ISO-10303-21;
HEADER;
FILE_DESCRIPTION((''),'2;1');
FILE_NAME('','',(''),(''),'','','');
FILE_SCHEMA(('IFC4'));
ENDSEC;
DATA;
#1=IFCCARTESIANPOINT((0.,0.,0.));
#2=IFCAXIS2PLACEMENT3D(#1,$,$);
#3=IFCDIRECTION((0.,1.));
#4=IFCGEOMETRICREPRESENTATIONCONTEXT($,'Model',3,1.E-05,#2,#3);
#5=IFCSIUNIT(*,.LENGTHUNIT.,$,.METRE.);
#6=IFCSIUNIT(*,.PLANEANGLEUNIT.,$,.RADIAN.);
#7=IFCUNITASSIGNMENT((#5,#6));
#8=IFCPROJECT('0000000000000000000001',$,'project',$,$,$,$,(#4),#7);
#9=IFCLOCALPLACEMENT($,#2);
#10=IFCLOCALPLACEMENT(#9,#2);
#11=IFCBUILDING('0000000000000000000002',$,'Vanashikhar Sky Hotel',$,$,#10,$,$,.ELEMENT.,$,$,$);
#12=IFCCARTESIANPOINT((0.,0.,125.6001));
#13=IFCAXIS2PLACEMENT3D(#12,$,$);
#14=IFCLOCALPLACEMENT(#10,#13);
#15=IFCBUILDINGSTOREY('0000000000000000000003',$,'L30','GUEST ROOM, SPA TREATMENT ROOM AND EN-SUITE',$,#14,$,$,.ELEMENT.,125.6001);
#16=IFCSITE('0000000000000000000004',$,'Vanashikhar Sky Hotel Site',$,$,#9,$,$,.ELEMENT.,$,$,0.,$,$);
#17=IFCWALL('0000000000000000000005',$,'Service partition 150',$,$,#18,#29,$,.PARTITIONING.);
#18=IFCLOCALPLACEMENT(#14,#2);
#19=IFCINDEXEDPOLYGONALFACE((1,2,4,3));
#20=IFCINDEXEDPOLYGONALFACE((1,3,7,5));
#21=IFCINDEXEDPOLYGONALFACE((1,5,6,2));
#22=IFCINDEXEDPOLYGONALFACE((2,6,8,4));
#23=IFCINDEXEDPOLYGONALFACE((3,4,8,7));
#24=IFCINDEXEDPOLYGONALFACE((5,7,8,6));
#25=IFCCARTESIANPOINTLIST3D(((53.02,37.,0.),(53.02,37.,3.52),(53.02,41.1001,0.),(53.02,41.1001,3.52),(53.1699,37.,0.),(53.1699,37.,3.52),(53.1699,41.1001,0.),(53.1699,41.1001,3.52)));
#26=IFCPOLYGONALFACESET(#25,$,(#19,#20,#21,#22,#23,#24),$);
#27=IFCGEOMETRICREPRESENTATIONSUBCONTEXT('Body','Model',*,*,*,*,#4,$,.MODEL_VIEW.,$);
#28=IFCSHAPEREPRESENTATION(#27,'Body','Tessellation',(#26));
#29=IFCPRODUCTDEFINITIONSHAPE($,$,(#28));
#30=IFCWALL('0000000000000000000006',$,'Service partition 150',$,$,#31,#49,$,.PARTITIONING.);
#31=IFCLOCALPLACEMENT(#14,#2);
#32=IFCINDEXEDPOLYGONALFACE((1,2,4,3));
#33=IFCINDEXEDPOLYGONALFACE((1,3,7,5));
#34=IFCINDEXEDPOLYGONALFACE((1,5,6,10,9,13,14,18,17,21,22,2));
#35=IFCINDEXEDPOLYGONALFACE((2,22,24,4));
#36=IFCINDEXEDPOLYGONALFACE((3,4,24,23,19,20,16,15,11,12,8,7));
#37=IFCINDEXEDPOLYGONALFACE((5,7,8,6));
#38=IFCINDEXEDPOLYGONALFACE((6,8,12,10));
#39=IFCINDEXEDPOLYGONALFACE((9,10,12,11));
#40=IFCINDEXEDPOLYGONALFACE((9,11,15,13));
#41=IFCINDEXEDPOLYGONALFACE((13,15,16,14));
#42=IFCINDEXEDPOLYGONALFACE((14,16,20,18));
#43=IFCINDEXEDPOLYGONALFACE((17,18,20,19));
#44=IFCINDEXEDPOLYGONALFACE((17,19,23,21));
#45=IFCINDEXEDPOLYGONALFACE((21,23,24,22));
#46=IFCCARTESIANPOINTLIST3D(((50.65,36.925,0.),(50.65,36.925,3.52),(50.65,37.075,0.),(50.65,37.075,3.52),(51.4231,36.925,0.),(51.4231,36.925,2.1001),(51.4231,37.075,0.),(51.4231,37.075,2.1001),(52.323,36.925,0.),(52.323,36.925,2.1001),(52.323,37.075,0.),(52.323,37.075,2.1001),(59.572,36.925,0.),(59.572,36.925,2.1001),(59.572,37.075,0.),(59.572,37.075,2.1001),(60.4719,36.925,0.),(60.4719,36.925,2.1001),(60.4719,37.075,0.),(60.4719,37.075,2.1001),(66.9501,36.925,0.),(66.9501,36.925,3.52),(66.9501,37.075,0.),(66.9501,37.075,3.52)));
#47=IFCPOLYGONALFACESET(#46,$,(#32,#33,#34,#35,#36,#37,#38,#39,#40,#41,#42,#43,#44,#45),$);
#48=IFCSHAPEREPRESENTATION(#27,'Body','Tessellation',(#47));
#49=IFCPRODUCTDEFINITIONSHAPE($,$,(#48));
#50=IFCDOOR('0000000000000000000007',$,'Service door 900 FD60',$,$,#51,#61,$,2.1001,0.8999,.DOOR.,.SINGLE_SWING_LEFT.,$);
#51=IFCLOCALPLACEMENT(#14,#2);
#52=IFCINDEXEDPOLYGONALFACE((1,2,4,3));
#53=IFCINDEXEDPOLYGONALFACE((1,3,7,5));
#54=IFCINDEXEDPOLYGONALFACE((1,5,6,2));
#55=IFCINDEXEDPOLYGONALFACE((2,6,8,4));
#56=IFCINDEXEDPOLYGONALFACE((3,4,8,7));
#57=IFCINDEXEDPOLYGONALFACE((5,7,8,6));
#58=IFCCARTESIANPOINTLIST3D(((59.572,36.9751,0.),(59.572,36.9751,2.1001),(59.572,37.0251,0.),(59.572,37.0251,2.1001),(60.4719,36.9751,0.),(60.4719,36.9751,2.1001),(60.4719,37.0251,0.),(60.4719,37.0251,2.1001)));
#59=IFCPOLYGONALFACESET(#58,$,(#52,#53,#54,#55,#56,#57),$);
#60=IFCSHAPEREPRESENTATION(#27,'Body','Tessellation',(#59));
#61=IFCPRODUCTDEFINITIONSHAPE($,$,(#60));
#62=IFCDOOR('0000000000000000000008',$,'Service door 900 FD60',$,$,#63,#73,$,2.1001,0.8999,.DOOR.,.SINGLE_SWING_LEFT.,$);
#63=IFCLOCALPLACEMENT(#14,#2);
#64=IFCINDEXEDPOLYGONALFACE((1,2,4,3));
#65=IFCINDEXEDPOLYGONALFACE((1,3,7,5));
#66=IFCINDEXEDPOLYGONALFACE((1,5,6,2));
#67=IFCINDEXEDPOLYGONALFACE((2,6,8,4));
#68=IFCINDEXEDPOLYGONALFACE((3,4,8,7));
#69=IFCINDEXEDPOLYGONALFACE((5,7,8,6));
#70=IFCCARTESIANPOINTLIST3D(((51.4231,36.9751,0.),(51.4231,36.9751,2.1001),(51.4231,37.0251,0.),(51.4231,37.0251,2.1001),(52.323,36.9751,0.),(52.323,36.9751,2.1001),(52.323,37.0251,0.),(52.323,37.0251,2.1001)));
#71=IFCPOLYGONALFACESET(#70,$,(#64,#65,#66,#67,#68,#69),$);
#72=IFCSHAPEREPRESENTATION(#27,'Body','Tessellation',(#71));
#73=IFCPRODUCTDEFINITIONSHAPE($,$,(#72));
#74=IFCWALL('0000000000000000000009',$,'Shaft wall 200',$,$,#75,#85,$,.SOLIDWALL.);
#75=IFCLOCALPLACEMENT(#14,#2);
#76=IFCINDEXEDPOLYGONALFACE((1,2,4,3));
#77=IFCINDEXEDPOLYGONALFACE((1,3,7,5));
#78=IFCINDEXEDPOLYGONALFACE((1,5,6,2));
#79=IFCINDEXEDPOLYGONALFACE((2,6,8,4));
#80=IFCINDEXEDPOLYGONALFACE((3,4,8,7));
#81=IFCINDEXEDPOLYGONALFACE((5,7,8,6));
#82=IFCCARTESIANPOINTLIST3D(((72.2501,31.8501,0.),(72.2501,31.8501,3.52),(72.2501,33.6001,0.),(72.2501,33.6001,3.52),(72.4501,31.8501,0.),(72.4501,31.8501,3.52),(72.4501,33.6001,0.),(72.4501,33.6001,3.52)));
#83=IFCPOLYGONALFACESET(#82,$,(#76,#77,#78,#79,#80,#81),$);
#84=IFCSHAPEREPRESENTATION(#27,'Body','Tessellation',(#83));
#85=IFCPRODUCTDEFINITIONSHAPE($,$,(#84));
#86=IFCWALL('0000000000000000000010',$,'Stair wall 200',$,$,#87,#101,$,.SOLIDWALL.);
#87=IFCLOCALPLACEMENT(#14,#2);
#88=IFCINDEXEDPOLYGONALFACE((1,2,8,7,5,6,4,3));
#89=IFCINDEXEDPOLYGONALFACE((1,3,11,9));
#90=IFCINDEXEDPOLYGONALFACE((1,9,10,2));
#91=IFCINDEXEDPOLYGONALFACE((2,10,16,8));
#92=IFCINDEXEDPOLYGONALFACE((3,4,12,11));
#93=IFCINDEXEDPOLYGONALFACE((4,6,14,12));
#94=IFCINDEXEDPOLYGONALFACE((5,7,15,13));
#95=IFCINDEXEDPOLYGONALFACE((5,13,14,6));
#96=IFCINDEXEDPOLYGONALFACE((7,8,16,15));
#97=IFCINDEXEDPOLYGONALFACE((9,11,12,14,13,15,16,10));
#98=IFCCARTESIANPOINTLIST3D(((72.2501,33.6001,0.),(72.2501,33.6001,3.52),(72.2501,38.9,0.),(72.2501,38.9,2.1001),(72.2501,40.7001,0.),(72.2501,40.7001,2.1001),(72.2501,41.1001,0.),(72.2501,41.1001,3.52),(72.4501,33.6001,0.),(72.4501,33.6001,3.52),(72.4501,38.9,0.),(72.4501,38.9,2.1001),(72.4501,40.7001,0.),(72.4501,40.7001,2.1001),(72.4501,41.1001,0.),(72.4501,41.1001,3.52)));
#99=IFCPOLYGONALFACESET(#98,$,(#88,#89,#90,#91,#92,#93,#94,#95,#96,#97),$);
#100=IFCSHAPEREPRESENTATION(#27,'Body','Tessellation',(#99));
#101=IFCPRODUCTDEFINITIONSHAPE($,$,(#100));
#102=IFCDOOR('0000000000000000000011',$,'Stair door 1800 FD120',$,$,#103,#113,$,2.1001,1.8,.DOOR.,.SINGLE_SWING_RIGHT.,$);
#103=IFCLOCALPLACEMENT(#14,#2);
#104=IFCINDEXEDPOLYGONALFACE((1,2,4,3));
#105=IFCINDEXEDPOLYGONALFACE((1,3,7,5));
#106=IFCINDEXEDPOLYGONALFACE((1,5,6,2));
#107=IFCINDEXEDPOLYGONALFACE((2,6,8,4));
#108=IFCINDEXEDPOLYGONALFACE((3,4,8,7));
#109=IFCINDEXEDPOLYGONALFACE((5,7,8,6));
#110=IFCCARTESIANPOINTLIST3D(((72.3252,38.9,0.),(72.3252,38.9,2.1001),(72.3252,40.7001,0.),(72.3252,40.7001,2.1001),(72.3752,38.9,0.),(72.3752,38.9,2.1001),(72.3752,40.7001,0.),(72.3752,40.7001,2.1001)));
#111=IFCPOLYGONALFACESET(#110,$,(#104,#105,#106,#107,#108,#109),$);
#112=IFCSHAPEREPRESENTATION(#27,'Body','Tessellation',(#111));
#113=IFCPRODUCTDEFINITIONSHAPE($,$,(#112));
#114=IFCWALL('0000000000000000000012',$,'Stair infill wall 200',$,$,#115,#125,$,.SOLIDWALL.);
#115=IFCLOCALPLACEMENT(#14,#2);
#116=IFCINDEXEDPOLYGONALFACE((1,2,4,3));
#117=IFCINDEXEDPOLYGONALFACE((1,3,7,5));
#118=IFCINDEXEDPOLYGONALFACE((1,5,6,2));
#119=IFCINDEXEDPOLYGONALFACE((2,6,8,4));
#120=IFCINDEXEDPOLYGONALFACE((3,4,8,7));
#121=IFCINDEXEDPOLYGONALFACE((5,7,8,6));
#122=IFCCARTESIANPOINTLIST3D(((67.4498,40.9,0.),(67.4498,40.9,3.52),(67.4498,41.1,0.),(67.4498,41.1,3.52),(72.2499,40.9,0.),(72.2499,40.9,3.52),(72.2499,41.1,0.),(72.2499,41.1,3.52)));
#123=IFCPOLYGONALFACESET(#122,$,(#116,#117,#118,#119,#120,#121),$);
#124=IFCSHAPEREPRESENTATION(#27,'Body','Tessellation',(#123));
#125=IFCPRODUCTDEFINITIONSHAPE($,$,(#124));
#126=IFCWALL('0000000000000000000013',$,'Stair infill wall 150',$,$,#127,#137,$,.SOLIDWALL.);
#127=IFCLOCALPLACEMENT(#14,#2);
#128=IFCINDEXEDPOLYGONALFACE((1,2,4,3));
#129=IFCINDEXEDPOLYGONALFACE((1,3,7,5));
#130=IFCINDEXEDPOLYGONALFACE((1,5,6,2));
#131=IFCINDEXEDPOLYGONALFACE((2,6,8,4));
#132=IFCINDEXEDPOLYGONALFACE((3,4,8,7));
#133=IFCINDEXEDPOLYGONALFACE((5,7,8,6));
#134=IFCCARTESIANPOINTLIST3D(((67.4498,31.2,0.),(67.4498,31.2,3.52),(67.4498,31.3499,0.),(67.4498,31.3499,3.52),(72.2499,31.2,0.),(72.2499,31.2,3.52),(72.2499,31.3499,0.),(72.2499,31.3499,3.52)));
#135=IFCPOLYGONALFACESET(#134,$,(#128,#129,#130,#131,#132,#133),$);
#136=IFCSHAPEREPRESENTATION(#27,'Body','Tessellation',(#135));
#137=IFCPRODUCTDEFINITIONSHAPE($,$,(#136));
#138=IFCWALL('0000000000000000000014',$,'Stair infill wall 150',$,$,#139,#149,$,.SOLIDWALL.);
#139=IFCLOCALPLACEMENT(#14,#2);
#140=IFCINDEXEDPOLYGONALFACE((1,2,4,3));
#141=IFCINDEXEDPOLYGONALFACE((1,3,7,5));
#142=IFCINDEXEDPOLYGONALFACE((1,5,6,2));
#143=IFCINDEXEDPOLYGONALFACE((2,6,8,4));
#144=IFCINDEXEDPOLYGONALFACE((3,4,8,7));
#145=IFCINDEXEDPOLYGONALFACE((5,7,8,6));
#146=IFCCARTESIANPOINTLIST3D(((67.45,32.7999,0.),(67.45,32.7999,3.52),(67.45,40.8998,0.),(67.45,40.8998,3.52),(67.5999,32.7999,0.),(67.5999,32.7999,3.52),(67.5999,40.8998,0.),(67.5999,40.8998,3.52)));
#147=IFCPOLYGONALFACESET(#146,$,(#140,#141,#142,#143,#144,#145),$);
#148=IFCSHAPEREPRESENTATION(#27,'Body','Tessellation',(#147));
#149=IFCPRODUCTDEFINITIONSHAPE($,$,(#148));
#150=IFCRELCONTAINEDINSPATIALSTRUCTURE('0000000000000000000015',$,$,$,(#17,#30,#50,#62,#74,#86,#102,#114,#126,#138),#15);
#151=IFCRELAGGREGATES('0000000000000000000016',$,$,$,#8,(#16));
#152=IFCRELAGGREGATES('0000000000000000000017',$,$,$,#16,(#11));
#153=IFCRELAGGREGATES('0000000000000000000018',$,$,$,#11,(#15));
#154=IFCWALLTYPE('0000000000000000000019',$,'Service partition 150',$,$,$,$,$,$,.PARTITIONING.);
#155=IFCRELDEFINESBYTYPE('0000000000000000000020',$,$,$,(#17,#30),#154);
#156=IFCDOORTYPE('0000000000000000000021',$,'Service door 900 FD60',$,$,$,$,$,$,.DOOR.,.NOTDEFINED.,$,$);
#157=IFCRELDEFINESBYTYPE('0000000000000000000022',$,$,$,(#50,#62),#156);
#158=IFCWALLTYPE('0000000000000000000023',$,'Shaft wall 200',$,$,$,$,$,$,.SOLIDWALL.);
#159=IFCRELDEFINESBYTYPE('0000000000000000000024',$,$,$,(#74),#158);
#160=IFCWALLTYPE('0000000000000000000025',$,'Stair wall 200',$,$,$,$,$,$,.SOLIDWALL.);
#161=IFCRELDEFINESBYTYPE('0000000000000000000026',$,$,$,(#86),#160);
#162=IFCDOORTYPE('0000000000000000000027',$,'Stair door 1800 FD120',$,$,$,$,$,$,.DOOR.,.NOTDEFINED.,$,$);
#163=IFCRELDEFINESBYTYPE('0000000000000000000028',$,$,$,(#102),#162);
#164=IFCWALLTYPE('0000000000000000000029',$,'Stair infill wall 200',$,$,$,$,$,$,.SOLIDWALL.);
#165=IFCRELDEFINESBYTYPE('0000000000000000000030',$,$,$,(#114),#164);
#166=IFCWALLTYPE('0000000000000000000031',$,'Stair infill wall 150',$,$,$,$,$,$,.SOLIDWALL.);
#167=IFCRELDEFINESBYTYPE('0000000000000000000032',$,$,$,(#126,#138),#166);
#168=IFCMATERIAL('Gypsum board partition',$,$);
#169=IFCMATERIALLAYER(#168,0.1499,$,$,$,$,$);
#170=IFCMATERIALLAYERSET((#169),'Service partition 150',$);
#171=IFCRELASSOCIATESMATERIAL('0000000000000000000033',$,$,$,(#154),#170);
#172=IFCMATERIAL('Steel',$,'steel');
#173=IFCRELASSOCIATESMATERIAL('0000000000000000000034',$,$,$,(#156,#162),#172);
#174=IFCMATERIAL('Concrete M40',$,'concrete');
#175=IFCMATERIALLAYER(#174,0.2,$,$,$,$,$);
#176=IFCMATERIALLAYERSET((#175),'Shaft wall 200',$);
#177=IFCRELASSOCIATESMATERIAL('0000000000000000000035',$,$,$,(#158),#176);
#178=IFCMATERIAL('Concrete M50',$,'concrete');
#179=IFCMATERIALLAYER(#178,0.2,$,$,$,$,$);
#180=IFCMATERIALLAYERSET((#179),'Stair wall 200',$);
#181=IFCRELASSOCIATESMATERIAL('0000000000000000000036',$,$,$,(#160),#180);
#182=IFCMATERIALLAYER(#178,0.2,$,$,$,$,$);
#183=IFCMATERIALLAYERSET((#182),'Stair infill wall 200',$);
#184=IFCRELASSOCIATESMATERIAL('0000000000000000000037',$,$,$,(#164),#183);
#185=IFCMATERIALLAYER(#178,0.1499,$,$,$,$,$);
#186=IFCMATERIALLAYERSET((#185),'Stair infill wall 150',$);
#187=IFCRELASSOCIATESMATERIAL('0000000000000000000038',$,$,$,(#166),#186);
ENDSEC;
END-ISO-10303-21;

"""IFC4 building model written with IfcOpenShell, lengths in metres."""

from ifc_helpers import new_model, si_unit, direction, frame, frame_2d, origin, place, context, subcontext, project, spatial, rectangle, extrude, source, transform, mapped, material, layer, layer_set, type_object, element, fill, save


model = new_model("IFC4")

# Units and contexts
model_context = context("Model", 3, precision=1e-05, world=origin(), true_north=direction((0.0, 1.0)))
body_context = subcontext(model_context, "Body", "Model", "MODEL_VIEW")
ifc_project = project(units=[si_unit("LENGTHUNIT", "METRE"), si_unit("PLANEANGLEUNIT", "RADIAN")], contexts=[model_context])

# Site, building, storey
site_placement = place(None, origin())
site = spatial("IfcSite", under=ifc_project, at=site_placement, Name="Vanashikhar Sky Hotel Site", CompositionType="ELEMENT", RefElevation=0.0)
building_placement = place(site_placement, origin())
building = spatial("IfcBuilding", under=site, at=building_placement, Name="Vanashikhar Sky Hotel", CompositionType="ELEMENT")
storey_placement = place(building_placement, frame((0.0, 0.0, 125.6001)))
storey = spatial("IfcBuildingStorey", under=building, at=storey_placement, Name="L30", Description="GUEST ROOM, SPA TREATMENT ROOM AND EN-SUITE", CompositionType="ELEMENT", Elevation=125.6001)

# Shared definitions
ifc_material_1 = material(Name="Steel", Category="steel")

# Shared definitions
ifc_material_2 = material(Name="Gypsum board partition")
ifc_layer_1 = layer(ifc_material_2, 0.1499)
ifc_layer_set_1 = layer_set([ifc_layer_1], Name="Service partition 150")
wall_type_1 = type_object("IfcWallType", Name="Service partition 150", PredefinedType="PARTITIONING", material=ifc_layer_set_1)

# Shared definitions
shared_shape_1 = source(origin(), body_context, "Body", "SweptSolid", [
    extrude(rectangle(XDim=0.8999, YDim=2.1001, at=frame_2d((0.45, 1.05))), frame((0.0, 0.085, 0.0), z_axis=(0.0, -1.0, 0.0), x_axis=(1.0, 0.0, 0.0)), (0.0, 0.0, 1.0), 0.1699),
])
door_type_1 = type_object("IfcDoorType", Name="Service door 900 FD60", OperationType="NOTDEFINED", PredefinedType="DOOR", material=ifc_material_1)
shared_shape_2 = source(origin(), body_context, "Body", "SweptSolid", [
    extrude(rectangle(XDim=0.8999, YDim=2.1001, at=frame_2d((0.45, 1.05))), frame((0.0, 0.0249, 0.0), z_axis=(0.0, -1.0, 0.0), x_axis=(1.0, 0.0, 0.0)), (0.0, 0.0, 1.0), 0.05),
])

# Wall
shared_shape_3 = source(origin(), body_context, "Body", "SweptSolid", [
    extrude(rectangle(XDim=4.1001, YDim=0.1499, at=frame_2d((2.05, 0.0))), origin(), (0.0, 0.0, 1.0), 3.52),
])
for number, where, z_axis, x_axis, name in (
    (1, (53.095, 37.0, 0.0), (0.0, 0.0, 1.0), (0.0, 1.0, 0.0), "Service partition 150"),
):
    element("IfcWall", number, at=place(storey_placement, frame(where, z_axis=z_axis, x_axis=x_axis)), inside=storey, type_object=wall_type_1, Name=name, PredefinedType="PARTITIONING", context=body_context, shape_type="MappedRepresentation", body=[
        mapped(shared_shape_3, transform((0.0, 0.0, 0.0), scale=1.0)),
    ])

# Wall, openings, doors
shared_shape_4 = source(origin(), body_context, "Body", "SweptSolid", [
    extrude(rectangle(XDim=16.3, YDim=0.1499, at=frame_2d((8.1499, 0.0))), origin(), (0.0, 0.0, 1.0), 3.52),
])
wall_1_placement = place(storey_placement, frame((66.95, 37.0, 0.0), z_axis=(0.0, 0.0, 1.0), x_axis=(-1.0, 0.0, 0.0)))
wall_1 = element("IfcWall", 2, at=wall_1_placement, inside=storey, type_object=wall_type_1, Name="Service partition 150", PredefinedType="PARTITIONING", context=body_context, shape_type="MappedRepresentation", body=[
    mapped(shared_shape_4, transform((0.0, 0.0, 0.0), scale=1.0)),
])
opening_1_placement = place(wall_1_placement, frame((6.478, 0.0, 0.0)))
opening_1 = element("IfcOpeningElement", 3, at=opening_1_placement, cuts=wall_1, PredefinedType="OPENING", context=body_context, shape_type="MappedRepresentation", body=[
    mapped(shared_shape_1, transform((0.0, 0.0, 0.0), scale=1.0)),
])
opening_2_placement = place(wall_1_placement, frame((14.627, 0.0, 0.0)))
opening_2 = element("IfcOpeningElement", 4, at=opening_2_placement, cuts=wall_1, PredefinedType="OPENING", context=body_context, shape_type="MappedRepresentation", body=[
    mapped(shared_shape_1, transform((0.0, 0.0, 0.0), scale=1.0)),
])
door_1_placement = place(opening_1_placement, origin())
door_1 = element("IfcDoor", 5, at=door_1_placement, inside=storey, type_object=door_type_1, Name="Service door 900 FD60", OperationType="SINGLE_SWING_LEFT", OverallHeight=2.1001, OverallWidth=0.8999, PredefinedType="DOOR", context=body_context, shape_type="MappedRepresentation", body=[
    mapped(shared_shape_2, transform((0.0, 0.0, 0.0), scale=1.0)),
])
fill(opening_1, door_1)
door_2_placement = place(opening_2_placement, origin())
door_2 = element("IfcDoor", 6, at=door_2_placement, inside=storey, type_object=door_type_1, Name="Service door 900 FD60", OperationType="SINGLE_SWING_LEFT", OverallHeight=2.1001, OverallWidth=0.8999, PredefinedType="DOOR", context=body_context, shape_type="MappedRepresentation", body=[
    mapped(shared_shape_2, transform((0.0, 0.0, 0.0), scale=1.0)),
])
fill(opening_2, door_2)

# Wall
ifc_material_3 = material(Name="Concrete M40", Category="concrete")
ifc_layer_2 = layer(ifc_material_3, 0.2)
ifc_layer_set_2 = layer_set([ifc_layer_2], Name="Shaft wall 200")
wall_type_2 = type_object("IfcWallType", Name="Shaft wall 200", PredefinedType="SOLIDWALL", material=ifc_layer_set_2)
shared_shape_5 = source(origin(), body_context, "Body", "SweptSolid", [
    extrude(rectangle(XDim=1.75, YDim=0.2, at=frame_2d((0.875, 0.0))), origin(), (0.0, 0.0, 1.0), 3.52),
])
wall_2_placement = place(storey_placement, frame((72.3501, 31.8501, 0.0), z_axis=(0.0, 0.0, 1.0), x_axis=(0.0, 1.0, 0.0)))
element("IfcWall", 7, at=wall_2_placement, inside=storey, type_object=wall_type_2, Name="Shaft wall 200", PredefinedType="SOLIDWALL", context=body_context, shape_type="MappedRepresentation", body=[
    mapped(shared_shape_5, transform((0.0, 0.0, 0.0), scale=1.0)),
])

# Wall, opening, door
ifc_material_4 = material(Name="Concrete M50", Category="concrete")
ifc_layer_3 = layer(ifc_material_4, 0.2)
ifc_layer_set_3 = layer_set([ifc_layer_3], Name="Stair wall 200")
wall_type_3 = type_object("IfcWallType", Name="Stair wall 200", PredefinedType="SOLIDWALL", material=ifc_layer_set_3)
shared_shape_6 = source(origin(), body_context, "Body", "SweptSolid", [
    extrude(rectangle(XDim=7.5, YDim=0.2, at=frame_2d((3.75, 0.0))), origin(), (0.0, 0.0, 1.0), 3.52),
])
wall_3_placement = place(storey_placement, frame((72.3501, 33.6001, 0.0), z_axis=(0.0, 0.0, 1.0), x_axis=(0.0, 1.0, 0.0)))
wall_3 = element("IfcWall", 8, at=wall_3_placement, inside=storey, type_object=wall_type_3, Name="Stair wall 200", PredefinedType="SOLIDWALL", context=body_context, shape_type="MappedRepresentation", body=[
    mapped(shared_shape_6, transform((0.0, 0.0, 0.0), scale=1.0)),
])
shared_shape_7 = source(origin(), body_context, "Body", "SweptSolid", [
    extrude(rectangle(XDim=1.8, YDim=2.1001, at=frame_2d((0.8999, 1.05))), frame((0.0, 0.1099, 0.0), z_axis=(0.0, -1.0, 0.0), x_axis=(1.0, 0.0, 0.0)), (0.0, 0.0, 1.0), 0.22),
])
opening_3_placement = place(wall_3_placement, frame((5.3, 0.0, 0.0)))
opening_3 = element("IfcOpeningElement", 9, at=opening_3_placement, cuts=wall_3, PredefinedType="OPENING", context=body_context, shape_type="MappedRepresentation", body=[
    mapped(shared_shape_7, transform((0.0, 0.0, 0.0), scale=1.0)),
])
door_type_2 = type_object("IfcDoorType", Name="Stair door 1800 FD120", OperationType="NOTDEFINED", PredefinedType="DOOR", material=ifc_material_1)
shared_shape_8 = source(origin(), body_context, "Body", "SweptSolid", [
    extrude(rectangle(XDim=1.8, YDim=2.1001, at=frame_2d((0.8999, 1.05))), frame((0.0, 0.0249, 0.0), z_axis=(0.0, -1.0, 0.0), x_axis=(1.0, 0.0, 0.0)), (0.0, 0.0, 1.0), 0.05),
])
door_3_placement = place(opening_3_placement, origin())
door_3 = element("IfcDoor", 10, at=door_3_placement, inside=storey, type_object=door_type_2, Name="Stair door 1800 FD120", OperationType="SINGLE_SWING_RIGHT", OverallHeight=2.1001, OverallWidth=1.8, PredefinedType="DOOR", context=body_context, shape_type="MappedRepresentation", body=[
    mapped(shared_shape_8, transform((0.0, 0.0, 0.0), scale=1.0)),
])
fill(opening_3, door_3)

# Walls
ifc_layer_4 = layer(ifc_material_4, 0.2)
ifc_layer_set_4 = layer_set([ifc_layer_4], Name="Stair infill wall 200")
wall_type_4 = type_object("IfcWallType", Name="Stair infill wall 200", PredefinedType="SOLIDWALL", material=ifc_layer_set_4)
shared_shape_9 = source(origin(), body_context, "Body", "SweptSolid", [
    extrude(rectangle(XDim=4.8, YDim=0.2, at=frame_2d((2.3999, 0.0))), origin(), (0.0, 0.0, 1.0), 3.52),
])
wall_4_placement = place(storey_placement, frame((67.45, 41.0, 0.0), z_axis=(0.0, 0.0, 1.0), x_axis=(1.0, 0.0, 0.0)))
element("IfcWall", 11, at=wall_4_placement, inside=storey, type_object=wall_type_4, Name="Stair infill wall 200", PredefinedType="SOLIDWALL", context=body_context, shape_type="MappedRepresentation", body=[
    mapped(shared_shape_9, transform((0.0, 0.0, 0.0), scale=1.0)),
])
ifc_layer_5 = layer(ifc_material_4, 0.1499)
ifc_layer_set_5 = layer_set([ifc_layer_5], Name="Stair infill wall 150")
wall_type_5 = type_object("IfcWallType", Name="Stair infill wall 150", PredefinedType="SOLIDWALL", material=ifc_layer_set_5)
shared_shape_10 = source(origin(), body_context, "Body", "SweptSolid", [
    extrude(rectangle(XDim=4.8, YDim=0.1499, at=frame_2d((2.3999, 0.0))), origin(), (0.0, 0.0, 1.0), 3.52),
])
wall_5_placement = place(storey_placement, frame((67.45, 31.2749, 0.0), z_axis=(0.0, 0.0, 1.0), x_axis=(1.0, 0.0, 0.0)))
element("IfcWall", 12, at=wall_5_placement, inside=storey, type_object=wall_type_5, Name="Stair infill wall 150", PredefinedType="SOLIDWALL", context=body_context, shape_type="MappedRepresentation", body=[
    mapped(shared_shape_10, transform((0.0, 0.0, 0.0), scale=1.0)),
])
shared_shape_11 = source(origin(), body_context, "Body", "SweptSolid", [
    extrude(rectangle(XDim=8.0999, YDim=0.1499, at=frame_2d((4.0498, 0.0))), origin(), (0.0, 0.0, 1.0), 3.52),
])
wall_6_placement = place(storey_placement, frame((67.5249, 32.8, 0.0), z_axis=(0.0, 0.0, 1.0), x_axis=(0.0, 1.0, 0.0)))
element("IfcWall", 13, at=wall_6_placement, inside=storey, type_object=wall_type_5, Name="Stair infill wall 150", PredefinedType="SOLIDWALL", context=body_context, shape_type="MappedRepresentation", body=[
    mapped(shared_shape_11, transform((0.0, 0.0, 0.0), scale=1.0)),
])

save(model, "model.ifc")
